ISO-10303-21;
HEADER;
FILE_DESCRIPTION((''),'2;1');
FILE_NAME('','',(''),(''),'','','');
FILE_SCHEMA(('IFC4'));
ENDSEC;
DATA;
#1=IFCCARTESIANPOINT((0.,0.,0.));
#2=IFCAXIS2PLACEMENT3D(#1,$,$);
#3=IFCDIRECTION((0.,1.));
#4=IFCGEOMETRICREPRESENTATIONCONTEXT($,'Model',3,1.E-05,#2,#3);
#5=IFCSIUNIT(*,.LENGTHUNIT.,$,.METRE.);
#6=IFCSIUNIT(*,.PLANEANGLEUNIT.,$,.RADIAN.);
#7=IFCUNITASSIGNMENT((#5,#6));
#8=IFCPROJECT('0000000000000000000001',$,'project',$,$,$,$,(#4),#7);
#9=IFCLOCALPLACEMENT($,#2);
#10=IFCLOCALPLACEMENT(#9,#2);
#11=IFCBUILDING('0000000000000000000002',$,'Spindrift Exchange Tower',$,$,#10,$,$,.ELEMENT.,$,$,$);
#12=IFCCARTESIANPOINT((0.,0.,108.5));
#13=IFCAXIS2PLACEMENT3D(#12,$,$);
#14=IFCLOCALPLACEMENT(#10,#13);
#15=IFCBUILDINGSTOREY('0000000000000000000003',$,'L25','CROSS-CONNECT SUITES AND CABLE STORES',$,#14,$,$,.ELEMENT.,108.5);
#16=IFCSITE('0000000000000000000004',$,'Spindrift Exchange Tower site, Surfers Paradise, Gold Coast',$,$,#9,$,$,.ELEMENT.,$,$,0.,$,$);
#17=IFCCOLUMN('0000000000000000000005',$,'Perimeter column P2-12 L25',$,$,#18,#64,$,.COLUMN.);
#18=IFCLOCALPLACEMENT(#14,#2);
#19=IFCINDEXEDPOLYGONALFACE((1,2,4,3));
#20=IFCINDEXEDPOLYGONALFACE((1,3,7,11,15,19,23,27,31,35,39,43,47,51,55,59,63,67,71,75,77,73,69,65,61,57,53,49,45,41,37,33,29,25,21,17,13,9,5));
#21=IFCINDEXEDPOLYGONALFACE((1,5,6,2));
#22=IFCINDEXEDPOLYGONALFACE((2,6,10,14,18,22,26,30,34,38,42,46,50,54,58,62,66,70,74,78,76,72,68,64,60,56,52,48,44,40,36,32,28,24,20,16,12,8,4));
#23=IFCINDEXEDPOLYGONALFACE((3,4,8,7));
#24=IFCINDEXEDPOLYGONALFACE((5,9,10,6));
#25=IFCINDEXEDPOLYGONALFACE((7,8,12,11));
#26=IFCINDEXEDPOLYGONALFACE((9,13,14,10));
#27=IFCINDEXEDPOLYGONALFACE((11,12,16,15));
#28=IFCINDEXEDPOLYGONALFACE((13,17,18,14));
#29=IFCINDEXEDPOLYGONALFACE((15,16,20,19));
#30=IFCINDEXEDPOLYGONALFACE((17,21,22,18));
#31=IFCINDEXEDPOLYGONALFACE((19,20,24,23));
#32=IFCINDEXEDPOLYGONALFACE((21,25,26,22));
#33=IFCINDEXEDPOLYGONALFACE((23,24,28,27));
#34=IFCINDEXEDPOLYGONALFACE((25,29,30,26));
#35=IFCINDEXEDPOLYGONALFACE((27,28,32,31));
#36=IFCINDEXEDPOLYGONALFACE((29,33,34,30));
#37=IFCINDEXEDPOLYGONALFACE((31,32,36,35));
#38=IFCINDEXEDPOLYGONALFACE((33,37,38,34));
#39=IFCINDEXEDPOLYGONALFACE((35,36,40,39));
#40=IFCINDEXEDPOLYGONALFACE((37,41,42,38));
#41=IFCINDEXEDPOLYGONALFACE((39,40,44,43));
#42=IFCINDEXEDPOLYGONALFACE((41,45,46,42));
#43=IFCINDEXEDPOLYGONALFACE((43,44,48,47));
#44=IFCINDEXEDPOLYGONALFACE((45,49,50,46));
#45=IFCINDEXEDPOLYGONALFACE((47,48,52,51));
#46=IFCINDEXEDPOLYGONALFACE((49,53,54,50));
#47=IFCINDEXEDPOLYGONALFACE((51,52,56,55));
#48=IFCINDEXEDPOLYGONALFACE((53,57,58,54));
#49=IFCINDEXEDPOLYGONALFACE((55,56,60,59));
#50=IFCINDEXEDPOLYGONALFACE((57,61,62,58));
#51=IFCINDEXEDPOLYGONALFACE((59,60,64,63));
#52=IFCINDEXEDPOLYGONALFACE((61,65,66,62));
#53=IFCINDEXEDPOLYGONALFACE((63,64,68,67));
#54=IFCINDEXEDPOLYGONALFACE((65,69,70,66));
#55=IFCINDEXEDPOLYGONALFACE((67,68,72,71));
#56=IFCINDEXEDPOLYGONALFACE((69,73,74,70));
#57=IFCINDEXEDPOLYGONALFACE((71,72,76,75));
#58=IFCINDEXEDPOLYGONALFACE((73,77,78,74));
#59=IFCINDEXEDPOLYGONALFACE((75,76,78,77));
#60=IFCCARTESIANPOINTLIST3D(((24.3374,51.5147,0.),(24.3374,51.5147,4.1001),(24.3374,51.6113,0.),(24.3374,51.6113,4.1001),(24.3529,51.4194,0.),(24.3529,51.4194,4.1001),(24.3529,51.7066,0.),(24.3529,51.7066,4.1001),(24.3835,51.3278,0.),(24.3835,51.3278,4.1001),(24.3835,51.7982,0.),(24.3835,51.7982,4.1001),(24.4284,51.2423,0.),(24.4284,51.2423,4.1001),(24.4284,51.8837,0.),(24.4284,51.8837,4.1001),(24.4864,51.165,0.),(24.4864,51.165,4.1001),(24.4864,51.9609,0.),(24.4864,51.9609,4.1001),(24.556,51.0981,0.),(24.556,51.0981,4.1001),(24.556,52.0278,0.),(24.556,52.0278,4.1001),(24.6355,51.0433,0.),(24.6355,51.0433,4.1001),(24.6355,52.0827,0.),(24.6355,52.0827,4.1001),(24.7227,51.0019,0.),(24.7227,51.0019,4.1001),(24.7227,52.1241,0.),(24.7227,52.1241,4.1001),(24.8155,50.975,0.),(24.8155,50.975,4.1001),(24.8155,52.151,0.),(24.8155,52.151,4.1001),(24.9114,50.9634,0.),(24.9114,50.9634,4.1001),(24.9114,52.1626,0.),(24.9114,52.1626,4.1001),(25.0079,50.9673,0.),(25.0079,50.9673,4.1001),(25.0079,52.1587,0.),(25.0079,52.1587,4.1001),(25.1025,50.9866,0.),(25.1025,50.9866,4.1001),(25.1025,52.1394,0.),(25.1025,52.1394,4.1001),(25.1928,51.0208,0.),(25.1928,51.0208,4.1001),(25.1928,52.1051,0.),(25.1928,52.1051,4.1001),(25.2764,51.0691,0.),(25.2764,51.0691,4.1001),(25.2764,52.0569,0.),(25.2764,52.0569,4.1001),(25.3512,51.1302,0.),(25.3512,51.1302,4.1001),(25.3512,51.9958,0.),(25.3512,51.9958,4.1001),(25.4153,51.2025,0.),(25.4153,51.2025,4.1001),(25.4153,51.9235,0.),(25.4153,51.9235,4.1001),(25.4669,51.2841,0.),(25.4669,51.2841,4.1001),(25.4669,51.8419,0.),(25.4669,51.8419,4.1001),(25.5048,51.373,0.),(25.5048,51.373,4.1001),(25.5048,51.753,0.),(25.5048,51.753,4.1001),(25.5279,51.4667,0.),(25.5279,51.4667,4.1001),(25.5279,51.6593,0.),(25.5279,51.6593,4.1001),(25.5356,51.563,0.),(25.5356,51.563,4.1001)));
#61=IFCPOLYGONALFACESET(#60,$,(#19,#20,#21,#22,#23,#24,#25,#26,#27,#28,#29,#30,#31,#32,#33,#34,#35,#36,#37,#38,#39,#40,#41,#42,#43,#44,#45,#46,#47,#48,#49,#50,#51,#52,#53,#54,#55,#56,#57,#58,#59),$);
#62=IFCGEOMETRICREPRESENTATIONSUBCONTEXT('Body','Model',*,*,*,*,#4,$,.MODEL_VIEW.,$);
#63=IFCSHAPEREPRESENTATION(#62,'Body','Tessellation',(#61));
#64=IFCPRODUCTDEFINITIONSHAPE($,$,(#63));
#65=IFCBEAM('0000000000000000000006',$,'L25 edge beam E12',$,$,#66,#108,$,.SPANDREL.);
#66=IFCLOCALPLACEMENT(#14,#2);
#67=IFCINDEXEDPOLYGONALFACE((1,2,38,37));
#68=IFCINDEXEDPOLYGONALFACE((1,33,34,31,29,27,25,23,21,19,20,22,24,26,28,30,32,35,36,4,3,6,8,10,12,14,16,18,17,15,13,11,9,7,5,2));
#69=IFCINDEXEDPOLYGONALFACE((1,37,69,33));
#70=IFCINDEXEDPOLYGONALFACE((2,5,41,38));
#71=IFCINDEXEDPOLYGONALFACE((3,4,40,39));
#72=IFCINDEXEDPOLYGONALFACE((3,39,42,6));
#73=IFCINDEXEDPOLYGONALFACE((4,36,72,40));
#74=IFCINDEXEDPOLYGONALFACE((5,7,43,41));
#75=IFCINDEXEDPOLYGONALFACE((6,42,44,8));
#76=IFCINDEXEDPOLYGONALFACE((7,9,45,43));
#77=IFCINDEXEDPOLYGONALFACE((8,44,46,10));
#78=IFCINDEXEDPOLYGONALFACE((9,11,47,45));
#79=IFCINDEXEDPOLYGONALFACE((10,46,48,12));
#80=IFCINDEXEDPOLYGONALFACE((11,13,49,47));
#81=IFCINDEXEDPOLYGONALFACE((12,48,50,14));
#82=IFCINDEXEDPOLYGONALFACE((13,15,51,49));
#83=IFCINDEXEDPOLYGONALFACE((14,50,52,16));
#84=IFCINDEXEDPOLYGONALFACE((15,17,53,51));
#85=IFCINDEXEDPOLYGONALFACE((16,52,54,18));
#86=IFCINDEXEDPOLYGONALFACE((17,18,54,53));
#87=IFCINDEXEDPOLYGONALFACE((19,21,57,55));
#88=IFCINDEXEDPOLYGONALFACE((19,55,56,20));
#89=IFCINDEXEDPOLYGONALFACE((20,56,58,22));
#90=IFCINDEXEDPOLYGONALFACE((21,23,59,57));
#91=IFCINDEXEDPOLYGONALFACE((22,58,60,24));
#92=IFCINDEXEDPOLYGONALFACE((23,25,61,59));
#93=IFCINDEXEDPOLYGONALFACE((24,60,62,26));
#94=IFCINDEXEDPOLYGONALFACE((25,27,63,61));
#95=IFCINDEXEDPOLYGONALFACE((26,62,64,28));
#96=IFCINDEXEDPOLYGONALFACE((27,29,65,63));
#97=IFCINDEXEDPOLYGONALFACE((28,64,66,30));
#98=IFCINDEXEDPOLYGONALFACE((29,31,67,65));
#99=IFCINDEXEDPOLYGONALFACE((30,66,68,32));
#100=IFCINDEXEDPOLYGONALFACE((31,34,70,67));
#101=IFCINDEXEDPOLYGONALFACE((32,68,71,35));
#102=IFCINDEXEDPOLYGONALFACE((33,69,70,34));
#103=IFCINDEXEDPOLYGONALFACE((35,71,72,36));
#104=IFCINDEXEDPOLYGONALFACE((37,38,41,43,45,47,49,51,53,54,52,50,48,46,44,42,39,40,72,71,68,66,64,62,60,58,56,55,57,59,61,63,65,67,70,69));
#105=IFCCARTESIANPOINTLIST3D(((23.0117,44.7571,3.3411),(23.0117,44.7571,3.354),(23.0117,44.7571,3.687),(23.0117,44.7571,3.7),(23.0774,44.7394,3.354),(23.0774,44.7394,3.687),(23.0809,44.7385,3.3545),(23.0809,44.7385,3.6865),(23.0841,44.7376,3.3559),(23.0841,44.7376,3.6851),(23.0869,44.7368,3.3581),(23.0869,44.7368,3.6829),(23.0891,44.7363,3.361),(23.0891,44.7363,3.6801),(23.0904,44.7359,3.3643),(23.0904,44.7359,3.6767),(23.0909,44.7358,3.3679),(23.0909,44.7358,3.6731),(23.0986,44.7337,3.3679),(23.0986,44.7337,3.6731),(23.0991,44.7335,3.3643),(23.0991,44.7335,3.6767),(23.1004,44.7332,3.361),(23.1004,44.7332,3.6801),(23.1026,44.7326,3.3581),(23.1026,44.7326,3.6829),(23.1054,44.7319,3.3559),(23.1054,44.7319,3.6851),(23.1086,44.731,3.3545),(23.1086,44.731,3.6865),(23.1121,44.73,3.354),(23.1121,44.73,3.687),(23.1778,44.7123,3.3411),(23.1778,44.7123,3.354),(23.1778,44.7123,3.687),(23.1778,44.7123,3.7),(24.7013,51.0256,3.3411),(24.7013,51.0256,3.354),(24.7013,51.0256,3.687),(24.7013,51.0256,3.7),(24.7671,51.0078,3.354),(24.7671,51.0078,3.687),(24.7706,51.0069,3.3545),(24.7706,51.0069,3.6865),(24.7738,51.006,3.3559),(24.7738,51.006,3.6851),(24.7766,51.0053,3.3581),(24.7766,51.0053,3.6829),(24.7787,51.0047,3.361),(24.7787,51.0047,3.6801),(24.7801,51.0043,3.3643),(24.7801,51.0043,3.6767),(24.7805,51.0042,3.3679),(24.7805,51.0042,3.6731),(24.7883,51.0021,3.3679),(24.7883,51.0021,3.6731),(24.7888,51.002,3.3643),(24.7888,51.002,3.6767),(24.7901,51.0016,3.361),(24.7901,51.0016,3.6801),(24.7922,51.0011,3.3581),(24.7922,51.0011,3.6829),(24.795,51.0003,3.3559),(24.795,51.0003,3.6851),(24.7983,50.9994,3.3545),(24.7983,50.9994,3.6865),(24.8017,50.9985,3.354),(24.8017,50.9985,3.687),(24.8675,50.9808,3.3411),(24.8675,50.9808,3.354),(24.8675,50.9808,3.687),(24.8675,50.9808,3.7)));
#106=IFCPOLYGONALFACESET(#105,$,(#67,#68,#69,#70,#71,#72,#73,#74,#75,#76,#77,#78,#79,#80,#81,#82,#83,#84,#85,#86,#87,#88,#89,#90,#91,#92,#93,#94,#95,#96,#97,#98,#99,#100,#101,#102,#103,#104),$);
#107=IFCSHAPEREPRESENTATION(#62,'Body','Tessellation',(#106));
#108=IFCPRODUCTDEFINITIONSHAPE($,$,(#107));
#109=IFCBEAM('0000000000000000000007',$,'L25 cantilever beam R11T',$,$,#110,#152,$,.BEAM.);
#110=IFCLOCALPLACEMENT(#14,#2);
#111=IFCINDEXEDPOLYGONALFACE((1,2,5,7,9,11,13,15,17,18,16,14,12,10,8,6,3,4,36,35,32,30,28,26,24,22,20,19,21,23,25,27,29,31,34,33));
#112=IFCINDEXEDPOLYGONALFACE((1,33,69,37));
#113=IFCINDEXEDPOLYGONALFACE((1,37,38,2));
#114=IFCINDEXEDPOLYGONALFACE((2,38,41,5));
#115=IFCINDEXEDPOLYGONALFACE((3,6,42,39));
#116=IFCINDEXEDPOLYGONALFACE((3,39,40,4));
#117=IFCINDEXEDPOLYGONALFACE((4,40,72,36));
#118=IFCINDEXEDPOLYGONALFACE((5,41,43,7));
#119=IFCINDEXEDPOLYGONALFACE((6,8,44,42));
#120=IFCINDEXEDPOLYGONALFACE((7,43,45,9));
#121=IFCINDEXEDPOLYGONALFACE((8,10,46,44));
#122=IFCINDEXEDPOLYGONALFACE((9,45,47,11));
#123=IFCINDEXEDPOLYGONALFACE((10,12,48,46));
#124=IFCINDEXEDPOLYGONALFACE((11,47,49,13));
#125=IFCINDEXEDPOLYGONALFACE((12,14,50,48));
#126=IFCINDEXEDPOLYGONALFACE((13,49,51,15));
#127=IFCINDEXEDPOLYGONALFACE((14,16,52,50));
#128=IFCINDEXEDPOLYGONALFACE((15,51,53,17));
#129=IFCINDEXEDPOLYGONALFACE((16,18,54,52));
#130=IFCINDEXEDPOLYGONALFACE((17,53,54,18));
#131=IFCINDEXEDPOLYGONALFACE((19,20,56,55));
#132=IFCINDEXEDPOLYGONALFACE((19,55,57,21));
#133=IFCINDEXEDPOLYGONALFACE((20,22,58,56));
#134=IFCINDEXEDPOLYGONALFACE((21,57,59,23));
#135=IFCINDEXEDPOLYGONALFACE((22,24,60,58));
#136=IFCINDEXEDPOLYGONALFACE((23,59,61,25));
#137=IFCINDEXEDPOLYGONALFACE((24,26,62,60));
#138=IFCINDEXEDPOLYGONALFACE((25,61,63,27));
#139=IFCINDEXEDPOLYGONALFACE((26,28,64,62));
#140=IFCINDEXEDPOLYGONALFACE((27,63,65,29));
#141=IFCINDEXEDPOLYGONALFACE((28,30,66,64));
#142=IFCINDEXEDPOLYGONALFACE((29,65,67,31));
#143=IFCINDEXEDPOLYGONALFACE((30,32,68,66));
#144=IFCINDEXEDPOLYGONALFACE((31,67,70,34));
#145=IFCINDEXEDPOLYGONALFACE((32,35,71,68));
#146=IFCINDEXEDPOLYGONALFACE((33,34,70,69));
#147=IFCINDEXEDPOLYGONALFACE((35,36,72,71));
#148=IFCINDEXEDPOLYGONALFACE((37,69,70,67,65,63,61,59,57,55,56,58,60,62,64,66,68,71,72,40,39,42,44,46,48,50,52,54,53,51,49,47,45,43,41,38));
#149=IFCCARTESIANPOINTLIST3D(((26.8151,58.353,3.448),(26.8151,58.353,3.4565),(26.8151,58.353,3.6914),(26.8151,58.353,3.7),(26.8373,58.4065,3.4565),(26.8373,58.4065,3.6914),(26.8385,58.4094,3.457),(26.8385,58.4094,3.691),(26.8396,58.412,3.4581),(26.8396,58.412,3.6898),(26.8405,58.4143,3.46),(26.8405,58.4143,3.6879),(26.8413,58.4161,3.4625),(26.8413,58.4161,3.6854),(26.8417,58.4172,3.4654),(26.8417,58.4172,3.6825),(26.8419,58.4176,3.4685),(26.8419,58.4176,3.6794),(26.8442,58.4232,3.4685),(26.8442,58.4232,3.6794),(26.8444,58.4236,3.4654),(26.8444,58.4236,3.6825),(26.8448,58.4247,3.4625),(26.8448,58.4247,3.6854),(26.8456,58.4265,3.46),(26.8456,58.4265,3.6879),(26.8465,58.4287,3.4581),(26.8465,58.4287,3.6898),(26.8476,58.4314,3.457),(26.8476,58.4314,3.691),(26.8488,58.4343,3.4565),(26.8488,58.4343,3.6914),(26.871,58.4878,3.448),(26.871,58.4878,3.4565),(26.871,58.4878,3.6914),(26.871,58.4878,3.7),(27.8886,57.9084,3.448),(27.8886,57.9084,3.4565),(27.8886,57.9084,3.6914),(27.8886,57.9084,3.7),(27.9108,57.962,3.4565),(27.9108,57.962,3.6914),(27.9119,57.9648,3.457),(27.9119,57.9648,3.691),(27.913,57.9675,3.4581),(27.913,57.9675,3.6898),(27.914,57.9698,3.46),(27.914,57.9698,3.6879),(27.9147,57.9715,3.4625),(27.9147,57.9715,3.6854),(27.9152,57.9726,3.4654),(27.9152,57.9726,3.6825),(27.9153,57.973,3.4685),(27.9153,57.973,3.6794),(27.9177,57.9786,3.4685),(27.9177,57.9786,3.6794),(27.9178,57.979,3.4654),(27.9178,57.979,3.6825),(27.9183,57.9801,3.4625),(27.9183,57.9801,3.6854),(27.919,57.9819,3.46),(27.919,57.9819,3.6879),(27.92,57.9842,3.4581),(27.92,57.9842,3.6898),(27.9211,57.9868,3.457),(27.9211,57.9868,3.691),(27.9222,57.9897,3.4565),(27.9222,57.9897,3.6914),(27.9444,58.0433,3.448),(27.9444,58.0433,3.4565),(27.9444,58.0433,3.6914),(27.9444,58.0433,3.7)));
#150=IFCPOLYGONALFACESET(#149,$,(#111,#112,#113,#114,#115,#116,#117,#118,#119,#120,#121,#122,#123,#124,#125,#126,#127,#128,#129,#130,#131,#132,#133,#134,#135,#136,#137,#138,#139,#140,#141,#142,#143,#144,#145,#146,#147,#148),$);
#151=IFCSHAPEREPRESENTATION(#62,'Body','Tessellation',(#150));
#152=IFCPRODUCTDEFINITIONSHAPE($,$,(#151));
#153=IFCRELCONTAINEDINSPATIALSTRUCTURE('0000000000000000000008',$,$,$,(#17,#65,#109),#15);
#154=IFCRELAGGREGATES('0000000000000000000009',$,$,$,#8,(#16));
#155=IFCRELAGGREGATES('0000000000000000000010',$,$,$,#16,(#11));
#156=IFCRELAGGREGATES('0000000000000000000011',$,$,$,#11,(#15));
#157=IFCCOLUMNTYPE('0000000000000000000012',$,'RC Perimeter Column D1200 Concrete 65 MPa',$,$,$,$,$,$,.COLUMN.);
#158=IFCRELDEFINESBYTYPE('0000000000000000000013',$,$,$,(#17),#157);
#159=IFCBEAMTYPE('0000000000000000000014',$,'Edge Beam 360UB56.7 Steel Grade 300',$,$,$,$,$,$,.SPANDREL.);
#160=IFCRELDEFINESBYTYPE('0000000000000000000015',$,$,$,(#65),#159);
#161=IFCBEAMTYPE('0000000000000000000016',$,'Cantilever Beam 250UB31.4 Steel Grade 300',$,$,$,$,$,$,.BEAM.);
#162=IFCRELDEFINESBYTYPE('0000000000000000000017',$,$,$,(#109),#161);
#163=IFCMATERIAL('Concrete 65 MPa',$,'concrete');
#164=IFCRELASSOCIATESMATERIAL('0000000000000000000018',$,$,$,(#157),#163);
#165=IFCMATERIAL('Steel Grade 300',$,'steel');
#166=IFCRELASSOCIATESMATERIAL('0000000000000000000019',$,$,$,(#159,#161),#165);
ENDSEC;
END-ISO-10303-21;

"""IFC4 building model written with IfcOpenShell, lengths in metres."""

from ifc_helpers import new_model, si_unit, direction, frame, origin, origin_2d, place, context, subcontext, project, spatial, circle, i_section, extrude, source, transform, mapped, material, material_profile, profile_set, type_object, element, save


model = new_model("IFC4")

# Units and contexts
model_context = context("Model", 3, precision=1e-05, world=origin(), true_north=direction((0.0, 1.0)))
body_context = subcontext(model_context, "Body", "Model", "MODEL_VIEW")
ifc_project = project(units=[si_unit("LENGTHUNIT", "METRE"), si_unit("PLANEANGLEUNIT", "RADIAN")], contexts=[model_context])

# Site, building, storey
site_placement = place(None, origin())
site = spatial("IfcSite", under=ifc_project, at=site_placement, Name="Spindrift Exchange Tower site, Surfers Paradise, Gold Coast", CompositionType="ELEMENT", RefElevation=0.0)
building_placement = place(site_placement, origin())
building = spatial("IfcBuilding", under=site, at=building_placement, Name="Spindrift Exchange Tower", CompositionType="ELEMENT")
storey_placement = place(building_placement, frame((0.0, 0.0, 108.5)))
storey = spatial("IfcBuildingStorey", under=building, at=storey_placement, Name="L25", Description="CROSS-CONNECT SUITES AND CABLE STORES", CompositionType="ELEMENT", Elevation=108.5)

# Column
ifc_material_1 = material(Name="Concrete 65 MPa", Category="concrete")
ifc_material_profile_1 = material_profile(ifc_material_1, circle(Radius=0.6001, at=origin_2d()), Name="RC D1200")
ifc_profile_set_1 = profile_set([ifc_material_profile_1], Name="Concrete 65 MPa")
column_type = type_object("IfcColumnType", Name="RC Perimeter Column D1200 Concrete 65 MPa", PredefinedType="COLUMN", material=ifc_profile_set_1)
shared_shape_1 = source(origin(), body_context, "Body", "SweptSolid", [
    extrude(circle(Radius=0.6001, at=origin_2d()), origin(), (0.0, 0.0, 1.0), 4.1001),
])
column_placement = place(storey_placement, frame((24.9355, 51.563, 0.0), z_axis=(0.0, 0.0, 1.0), x_axis=(1.0, 0.0, 0.0)))
element("IfcColumn", 1, at=column_placement, inside=storey, type_object=column_type, Name="Perimeter column P2-12 L25", PredefinedType="COLUMN", context=body_context, shape_type="MappedRepresentation", body=[
    mapped(shared_shape_1, transform((0.0, 0.0, 0.0), scale=1.0)),
])

# Beams
ifc_material_2 = material(Name="Steel Grade 300", Category="steel")
ifc_material_profile_2 = material_profile(ifc_material_2, i_section(OverallWidth=0.1721, OverallDepth=0.3589, WebThickness=0.0081, FlangeThickness=0.0129, FilletRadius=0.0139, at=origin_2d()), Name="360UB56.7")
ifc_profile_set_2 = profile_set([ifc_material_profile_2], Name="Steel Grade 300")
beam_type_1 = type_object("IfcBeamType", Name="Edge Beam 360UB56.7 Steel Grade 300", PredefinedType="SPANDREL", material=ifc_profile_set_2)
shared_shape_2 = source(origin(), body_context, "Body", "SweptSolid", [
    extrude(i_section(OverallWidth=0.1721, OverallDepth=0.3589, WebThickness=0.0081, FlangeThickness=0.0129, FilletRadius=0.0139, at=origin_2d()), origin(), (0.0, 0.0, 1.0), 6.4922),
])
beam_1_placement = place(storey_placement, frame((24.7844, 51.0032, 3.5205), z_axis=(-0.260262, -0.965538, 0.0), x_axis=(0.965538, -0.260262, 0.0)))
element("IfcBeam", 2, at=beam_1_placement, inside=storey, type_object=beam_type_1, Name="L25 edge beam E12", PredefinedType="SPANDREL", context=body_context, shape_type="MappedRepresentation", body=[
    mapped(shared_shape_2, transform((0.0, 0.0, 0.0), scale=1.0)),
])
ifc_material_profile_3 = material_profile(ifc_material_2, i_section(OverallWidth=0.146, OverallDepth=0.252, WebThickness=0.0061, FlangeThickness=0.0085, FilletRadius=0.012, at=origin_2d()), Name="250UB31.4")
ifc_profile_set_3 = profile_set([ifc_material_profile_3], Name="Steel Grade 300")
beam_type_2 = type_object("IfcBeamType", Name="Cantilever Beam 250UB31.4 Steel Grade 300", PredefinedType="BEAM", material=ifc_profile_set_3)
shared_shape_3 = source(origin(), body_context, "Body", "SweptSolid", [
    extrude(i_section(OverallWidth=0.146, OverallDepth=0.252, WebThickness=0.0061, FlangeThickness=0.0085, FilletRadius=0.012, at=origin_2d()), origin(), (0.0, 0.0, 1.0), 1.1619),
])
beam_2_placement = place(storey_placement, frame((27.9165, 57.9758, 3.574), z_axis=(-0.923902, 0.38263, 0.0), x_axis=(-0.38263, -0.923902, 0.0)))
element("IfcBeam", 3, at=beam_2_placement, inside=storey, type_object=beam_type_2, Name="L25 cantilever beam R11T", PredefinedType="BEAM", context=body_context, shape_type="MappedRepresentation", body=[
    mapped(shared_shape_3, transform((0.0, 0.0, 0.0), scale=1.0)),
])

save(model, "model.ifc")
